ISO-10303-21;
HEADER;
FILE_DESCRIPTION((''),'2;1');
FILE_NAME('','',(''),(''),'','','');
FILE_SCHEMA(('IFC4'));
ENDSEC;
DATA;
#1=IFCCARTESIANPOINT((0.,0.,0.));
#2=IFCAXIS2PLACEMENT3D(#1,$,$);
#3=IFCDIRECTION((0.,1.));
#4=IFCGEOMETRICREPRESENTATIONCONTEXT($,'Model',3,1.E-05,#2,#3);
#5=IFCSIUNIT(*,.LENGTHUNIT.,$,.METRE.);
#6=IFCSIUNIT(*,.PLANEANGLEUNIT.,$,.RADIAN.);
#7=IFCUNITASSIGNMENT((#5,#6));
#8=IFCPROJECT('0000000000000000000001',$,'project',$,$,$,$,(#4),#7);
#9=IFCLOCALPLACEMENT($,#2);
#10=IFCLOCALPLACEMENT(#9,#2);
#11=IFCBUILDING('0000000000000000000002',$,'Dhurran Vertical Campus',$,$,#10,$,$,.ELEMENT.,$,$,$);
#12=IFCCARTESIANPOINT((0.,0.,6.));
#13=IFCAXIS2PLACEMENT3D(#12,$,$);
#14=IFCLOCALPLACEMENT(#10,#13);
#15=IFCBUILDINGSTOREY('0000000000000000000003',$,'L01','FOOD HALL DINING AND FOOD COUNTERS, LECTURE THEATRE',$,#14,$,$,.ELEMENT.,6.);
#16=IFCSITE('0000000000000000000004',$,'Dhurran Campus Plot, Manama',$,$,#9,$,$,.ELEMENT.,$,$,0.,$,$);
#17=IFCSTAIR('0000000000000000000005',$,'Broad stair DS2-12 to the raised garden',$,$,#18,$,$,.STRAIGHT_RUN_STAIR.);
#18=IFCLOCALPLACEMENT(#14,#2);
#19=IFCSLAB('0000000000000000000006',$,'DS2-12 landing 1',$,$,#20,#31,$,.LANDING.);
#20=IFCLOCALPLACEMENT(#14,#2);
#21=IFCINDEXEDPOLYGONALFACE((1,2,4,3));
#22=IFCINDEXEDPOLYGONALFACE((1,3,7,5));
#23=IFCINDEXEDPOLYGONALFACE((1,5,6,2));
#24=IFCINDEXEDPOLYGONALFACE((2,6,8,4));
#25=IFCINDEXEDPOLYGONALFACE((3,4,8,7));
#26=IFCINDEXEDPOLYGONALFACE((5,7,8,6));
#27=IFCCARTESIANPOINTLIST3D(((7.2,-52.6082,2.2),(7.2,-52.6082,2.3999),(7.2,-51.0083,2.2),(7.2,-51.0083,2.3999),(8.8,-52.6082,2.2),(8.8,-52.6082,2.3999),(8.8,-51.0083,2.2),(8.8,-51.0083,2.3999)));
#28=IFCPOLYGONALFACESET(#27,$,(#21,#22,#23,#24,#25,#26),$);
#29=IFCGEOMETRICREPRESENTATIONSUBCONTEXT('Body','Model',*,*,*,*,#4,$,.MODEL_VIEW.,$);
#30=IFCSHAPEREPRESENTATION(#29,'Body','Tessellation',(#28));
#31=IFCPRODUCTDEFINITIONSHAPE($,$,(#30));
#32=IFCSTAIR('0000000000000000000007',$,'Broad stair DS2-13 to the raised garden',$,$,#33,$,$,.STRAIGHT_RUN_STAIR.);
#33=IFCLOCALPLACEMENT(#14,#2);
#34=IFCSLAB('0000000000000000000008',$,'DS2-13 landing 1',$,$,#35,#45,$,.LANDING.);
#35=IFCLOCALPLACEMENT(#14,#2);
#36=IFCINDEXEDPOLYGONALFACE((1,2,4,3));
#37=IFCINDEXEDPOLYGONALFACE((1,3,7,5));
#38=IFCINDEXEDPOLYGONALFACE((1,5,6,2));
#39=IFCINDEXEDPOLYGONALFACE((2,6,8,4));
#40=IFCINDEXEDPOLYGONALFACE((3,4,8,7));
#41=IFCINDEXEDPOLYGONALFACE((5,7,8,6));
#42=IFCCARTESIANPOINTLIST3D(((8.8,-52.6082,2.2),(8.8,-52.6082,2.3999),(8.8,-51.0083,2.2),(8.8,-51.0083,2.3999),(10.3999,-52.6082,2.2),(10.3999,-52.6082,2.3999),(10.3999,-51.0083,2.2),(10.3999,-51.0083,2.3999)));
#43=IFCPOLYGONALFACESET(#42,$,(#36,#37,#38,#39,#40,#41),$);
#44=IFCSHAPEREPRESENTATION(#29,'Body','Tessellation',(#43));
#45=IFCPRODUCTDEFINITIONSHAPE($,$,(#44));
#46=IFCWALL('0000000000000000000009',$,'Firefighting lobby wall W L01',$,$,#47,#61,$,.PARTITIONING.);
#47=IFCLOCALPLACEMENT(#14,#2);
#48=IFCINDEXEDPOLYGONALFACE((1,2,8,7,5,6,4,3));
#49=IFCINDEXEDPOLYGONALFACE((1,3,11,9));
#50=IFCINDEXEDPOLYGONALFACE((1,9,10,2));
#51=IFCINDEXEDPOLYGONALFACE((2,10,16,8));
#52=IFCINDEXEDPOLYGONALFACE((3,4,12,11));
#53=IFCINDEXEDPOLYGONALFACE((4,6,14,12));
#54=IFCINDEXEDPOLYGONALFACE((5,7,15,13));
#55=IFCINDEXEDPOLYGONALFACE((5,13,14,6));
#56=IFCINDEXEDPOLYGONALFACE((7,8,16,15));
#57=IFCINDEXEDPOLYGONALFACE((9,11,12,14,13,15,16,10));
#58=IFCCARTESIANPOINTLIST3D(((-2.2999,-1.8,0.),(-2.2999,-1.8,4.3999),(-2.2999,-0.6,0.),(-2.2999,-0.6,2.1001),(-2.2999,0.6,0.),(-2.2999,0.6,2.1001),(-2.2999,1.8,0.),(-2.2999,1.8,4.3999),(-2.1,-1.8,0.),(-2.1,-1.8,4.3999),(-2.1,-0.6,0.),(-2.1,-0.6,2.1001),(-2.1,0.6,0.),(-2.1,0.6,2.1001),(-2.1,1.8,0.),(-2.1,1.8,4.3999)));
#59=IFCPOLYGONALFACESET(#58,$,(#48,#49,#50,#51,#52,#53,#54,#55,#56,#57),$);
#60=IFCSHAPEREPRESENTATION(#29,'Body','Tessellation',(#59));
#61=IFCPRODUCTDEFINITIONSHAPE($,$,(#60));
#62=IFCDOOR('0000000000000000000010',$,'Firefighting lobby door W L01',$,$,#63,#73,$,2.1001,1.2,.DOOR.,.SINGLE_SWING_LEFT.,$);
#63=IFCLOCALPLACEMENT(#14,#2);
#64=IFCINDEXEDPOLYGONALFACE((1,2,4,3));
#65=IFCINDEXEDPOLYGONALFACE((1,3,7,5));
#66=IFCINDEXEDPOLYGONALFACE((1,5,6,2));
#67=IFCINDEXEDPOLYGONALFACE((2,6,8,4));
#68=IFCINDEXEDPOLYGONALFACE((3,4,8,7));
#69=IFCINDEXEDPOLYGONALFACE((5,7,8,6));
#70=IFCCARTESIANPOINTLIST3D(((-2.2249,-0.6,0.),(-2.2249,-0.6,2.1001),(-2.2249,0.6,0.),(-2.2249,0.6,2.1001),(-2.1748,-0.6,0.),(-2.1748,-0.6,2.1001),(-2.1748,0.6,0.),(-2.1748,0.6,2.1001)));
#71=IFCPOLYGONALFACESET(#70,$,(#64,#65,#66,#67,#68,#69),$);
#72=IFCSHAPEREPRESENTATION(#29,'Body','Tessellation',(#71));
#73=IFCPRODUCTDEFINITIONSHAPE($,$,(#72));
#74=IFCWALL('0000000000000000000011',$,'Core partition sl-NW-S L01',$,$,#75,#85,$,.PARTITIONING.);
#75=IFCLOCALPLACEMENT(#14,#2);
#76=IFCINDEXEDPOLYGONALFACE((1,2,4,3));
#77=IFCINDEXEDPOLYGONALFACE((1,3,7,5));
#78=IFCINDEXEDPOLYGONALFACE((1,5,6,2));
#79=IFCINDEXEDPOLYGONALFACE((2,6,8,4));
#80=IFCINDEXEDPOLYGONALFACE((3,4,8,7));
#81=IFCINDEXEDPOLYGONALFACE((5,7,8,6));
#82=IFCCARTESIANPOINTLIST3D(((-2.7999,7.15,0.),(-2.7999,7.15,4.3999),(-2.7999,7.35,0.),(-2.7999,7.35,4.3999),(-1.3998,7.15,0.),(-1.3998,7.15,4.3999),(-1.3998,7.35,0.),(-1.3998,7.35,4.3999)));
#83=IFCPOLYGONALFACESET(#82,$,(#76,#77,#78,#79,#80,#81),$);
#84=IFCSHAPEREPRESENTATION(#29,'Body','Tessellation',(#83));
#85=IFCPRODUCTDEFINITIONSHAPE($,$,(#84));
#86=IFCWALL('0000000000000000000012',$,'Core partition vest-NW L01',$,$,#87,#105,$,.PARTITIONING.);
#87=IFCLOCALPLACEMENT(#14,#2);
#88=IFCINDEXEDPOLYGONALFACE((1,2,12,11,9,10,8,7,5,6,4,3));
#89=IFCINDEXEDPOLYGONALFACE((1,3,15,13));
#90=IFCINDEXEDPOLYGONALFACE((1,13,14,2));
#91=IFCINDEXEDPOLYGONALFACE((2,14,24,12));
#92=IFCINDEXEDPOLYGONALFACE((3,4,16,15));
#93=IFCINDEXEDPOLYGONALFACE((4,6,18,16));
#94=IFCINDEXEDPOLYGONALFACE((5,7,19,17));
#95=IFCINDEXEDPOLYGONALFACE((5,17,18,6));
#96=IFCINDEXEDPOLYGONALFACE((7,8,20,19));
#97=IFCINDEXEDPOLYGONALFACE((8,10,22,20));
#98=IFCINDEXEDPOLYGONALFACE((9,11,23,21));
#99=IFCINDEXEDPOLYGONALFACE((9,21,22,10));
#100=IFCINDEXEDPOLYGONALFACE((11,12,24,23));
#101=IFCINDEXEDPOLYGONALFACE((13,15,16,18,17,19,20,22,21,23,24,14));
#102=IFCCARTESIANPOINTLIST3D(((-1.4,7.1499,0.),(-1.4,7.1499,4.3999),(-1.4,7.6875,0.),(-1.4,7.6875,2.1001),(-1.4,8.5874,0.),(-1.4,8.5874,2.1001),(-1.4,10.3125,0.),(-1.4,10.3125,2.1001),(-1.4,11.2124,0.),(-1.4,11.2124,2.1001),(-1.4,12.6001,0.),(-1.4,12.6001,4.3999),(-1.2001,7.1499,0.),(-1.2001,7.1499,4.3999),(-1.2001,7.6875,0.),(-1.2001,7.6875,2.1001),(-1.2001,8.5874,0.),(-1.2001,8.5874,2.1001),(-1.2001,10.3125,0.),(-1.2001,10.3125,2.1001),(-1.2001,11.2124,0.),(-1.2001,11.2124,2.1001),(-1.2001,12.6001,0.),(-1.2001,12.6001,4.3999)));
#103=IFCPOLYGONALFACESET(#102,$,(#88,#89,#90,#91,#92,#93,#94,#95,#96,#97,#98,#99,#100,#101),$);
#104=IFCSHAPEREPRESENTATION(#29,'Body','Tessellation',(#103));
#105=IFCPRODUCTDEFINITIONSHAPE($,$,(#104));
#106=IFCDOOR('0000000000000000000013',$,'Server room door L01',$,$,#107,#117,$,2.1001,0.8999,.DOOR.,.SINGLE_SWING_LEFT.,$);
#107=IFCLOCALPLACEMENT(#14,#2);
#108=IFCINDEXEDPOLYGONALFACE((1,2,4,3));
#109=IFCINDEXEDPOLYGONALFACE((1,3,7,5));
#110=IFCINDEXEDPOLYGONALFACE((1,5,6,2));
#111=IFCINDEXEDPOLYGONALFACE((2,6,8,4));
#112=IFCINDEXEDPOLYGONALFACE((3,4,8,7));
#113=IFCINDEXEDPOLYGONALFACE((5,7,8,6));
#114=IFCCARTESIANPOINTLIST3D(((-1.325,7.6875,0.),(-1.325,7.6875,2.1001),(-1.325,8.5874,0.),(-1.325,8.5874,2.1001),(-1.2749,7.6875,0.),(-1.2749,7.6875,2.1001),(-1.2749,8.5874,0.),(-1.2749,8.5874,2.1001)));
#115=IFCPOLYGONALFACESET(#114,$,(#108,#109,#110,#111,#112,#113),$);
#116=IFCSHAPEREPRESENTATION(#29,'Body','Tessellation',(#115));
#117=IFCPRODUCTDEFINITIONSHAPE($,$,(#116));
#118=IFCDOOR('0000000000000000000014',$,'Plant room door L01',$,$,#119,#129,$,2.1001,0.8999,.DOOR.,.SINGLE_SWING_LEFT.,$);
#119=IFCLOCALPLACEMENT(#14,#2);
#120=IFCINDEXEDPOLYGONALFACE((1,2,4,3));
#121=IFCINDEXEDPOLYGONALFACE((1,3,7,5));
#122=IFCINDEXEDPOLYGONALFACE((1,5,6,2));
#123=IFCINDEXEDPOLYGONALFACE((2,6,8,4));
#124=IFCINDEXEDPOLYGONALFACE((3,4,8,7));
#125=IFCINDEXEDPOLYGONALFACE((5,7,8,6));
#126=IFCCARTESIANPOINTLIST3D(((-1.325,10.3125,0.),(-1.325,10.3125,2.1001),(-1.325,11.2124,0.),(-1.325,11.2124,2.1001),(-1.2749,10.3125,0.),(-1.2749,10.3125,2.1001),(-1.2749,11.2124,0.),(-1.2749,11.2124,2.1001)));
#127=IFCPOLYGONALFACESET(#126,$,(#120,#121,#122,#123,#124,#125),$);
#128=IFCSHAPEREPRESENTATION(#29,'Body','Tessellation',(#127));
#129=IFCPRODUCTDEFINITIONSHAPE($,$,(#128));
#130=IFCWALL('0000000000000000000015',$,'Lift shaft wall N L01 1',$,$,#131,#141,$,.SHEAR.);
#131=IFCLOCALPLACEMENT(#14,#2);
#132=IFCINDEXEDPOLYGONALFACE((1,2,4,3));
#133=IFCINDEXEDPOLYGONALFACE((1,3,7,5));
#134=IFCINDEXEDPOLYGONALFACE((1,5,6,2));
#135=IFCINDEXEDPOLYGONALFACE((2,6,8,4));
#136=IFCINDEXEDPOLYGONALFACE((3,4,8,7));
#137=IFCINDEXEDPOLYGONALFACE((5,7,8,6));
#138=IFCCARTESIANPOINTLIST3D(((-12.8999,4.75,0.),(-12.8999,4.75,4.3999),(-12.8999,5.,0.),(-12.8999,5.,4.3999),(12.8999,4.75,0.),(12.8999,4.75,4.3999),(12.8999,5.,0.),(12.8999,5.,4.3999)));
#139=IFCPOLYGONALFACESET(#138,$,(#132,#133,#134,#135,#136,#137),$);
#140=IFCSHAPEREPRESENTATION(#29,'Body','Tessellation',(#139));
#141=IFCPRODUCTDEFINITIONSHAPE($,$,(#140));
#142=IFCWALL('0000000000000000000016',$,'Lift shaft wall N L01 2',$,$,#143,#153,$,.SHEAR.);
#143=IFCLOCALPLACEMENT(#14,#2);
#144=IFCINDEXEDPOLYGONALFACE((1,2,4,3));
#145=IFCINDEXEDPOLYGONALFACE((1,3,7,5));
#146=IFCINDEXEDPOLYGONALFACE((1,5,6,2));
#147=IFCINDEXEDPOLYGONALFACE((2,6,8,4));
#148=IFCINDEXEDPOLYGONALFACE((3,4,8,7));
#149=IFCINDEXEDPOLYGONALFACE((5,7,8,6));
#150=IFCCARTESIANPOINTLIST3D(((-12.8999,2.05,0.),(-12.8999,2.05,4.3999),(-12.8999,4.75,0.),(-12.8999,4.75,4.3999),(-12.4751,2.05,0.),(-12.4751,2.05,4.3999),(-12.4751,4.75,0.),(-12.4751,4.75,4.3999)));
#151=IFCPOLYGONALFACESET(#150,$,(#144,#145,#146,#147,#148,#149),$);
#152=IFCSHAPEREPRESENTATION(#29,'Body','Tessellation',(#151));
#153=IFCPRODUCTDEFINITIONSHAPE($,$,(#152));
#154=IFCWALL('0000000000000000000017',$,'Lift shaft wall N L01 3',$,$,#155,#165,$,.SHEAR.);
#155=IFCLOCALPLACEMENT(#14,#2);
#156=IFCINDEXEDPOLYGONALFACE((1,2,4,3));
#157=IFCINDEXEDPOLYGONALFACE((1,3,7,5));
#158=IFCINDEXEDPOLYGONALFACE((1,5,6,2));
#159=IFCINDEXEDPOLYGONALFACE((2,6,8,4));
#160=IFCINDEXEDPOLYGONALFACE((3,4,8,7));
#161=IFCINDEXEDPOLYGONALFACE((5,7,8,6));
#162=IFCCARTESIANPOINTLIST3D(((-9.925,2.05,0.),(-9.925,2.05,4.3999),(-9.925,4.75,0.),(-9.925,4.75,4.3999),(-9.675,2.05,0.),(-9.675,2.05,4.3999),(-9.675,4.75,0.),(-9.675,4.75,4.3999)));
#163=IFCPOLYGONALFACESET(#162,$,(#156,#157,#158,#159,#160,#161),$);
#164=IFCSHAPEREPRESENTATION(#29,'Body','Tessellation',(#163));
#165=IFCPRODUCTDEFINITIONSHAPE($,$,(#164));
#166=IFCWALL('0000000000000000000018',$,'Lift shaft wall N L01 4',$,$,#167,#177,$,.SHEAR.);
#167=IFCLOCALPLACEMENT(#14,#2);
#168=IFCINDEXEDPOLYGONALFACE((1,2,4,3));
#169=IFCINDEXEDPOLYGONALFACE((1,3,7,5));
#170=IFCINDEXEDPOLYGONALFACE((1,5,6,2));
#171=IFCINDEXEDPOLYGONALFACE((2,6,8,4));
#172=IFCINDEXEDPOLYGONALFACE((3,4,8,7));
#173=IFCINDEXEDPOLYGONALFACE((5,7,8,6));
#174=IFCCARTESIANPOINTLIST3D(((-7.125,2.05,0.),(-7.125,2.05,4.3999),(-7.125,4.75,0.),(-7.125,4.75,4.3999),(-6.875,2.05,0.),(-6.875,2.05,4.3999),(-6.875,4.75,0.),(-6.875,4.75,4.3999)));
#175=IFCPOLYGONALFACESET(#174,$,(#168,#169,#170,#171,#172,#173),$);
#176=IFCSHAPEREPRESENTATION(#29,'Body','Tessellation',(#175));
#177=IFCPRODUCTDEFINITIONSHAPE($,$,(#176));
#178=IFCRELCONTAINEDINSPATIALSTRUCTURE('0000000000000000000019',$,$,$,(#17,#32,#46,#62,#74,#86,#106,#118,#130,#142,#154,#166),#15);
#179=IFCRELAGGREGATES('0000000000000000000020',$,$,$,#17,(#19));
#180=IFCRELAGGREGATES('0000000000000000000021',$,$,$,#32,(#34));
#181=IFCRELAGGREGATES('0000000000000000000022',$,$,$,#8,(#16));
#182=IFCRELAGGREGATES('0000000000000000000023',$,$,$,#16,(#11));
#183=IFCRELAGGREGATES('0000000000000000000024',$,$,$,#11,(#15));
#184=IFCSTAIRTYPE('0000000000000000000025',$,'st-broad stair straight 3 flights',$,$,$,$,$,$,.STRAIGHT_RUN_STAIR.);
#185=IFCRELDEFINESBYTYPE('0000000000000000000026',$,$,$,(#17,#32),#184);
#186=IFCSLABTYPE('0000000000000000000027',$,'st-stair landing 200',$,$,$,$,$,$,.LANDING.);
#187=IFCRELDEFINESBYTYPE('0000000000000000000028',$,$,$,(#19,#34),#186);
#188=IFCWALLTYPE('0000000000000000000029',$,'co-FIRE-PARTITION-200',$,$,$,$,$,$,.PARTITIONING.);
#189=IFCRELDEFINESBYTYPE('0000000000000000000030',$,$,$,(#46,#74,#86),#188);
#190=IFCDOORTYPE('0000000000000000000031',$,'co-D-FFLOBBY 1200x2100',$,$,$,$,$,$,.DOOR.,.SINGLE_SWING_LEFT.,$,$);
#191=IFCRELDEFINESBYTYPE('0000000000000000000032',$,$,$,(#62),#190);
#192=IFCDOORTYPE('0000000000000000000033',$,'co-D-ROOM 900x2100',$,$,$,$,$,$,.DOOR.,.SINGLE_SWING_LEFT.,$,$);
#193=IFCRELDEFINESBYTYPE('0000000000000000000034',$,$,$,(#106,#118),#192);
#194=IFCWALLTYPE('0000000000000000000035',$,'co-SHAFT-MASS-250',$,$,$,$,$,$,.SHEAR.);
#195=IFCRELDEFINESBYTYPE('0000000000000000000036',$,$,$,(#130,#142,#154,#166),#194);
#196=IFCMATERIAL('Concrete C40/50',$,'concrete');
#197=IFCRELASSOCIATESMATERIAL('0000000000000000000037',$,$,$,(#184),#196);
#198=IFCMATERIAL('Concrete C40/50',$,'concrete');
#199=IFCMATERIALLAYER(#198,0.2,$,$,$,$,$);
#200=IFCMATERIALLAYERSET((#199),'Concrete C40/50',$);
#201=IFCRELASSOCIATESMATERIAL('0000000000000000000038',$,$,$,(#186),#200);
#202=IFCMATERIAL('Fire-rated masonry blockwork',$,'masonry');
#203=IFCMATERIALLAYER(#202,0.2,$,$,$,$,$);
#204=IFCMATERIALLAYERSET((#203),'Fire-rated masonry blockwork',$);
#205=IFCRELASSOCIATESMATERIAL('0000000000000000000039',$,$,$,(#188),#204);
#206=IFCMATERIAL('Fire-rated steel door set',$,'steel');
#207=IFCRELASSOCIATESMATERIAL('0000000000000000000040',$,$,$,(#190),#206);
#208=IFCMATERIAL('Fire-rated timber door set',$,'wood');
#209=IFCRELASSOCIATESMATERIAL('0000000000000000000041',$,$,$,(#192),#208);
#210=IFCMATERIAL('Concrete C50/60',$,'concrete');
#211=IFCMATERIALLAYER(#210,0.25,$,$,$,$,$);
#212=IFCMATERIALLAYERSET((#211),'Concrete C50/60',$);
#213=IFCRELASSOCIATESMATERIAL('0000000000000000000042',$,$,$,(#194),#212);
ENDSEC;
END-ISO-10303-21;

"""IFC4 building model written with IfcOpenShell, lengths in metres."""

from ifc_helpers import new_model, si_unit, direction, frame, frame_2d, origin, place, context, subcontext, project, spatial, polyline, rectangle, outline, extrude, material, layer, layer_set, type_object, element, fill, aggregate, save


model = new_model("IFC4")

# Units and contexts
model_context = context("Model", 3, precision=1e-05, world=origin(), true_north=direction((0.0, 1.0)))
body_context = subcontext(model_context, "Body", "Model", "MODEL_VIEW")
ifc_project = project(units=[si_unit("LENGTHUNIT", "METRE"), si_unit("PLANEANGLEUNIT", "RADIAN")], contexts=[model_context])

# Site, building, storey
site_placement = place(None, origin())
site = spatial("IfcSite", under=ifc_project, at=site_placement, Name="Dhurran Campus Plot, Manama", CompositionType="ELEMENT", RefElevation=0.0)
building_placement = place(site_placement, origin())
building = spatial("IfcBuilding", under=site, at=building_placement, Name="Dhurran Vertical Campus", CompositionType="ELEMENT")
storey_placement = place(building_placement, frame((0.0, 0.0, 6.0)))
storey = spatial("IfcBuildingStorey", under=building, at=storey_placement, Name="L01", Description="FOOD HALL DINING AND FOOD COUNTERS, LECTURE THEATRE", CompositionType="ELEMENT", Elevation=6.0)

# Stairs, slabs
ifc_material_1 = material(Name="Concrete C40/50", Category="concrete")
stair_type = type_object("IfcStairType", Name="st-broad stair straight 3 flights", PredefinedType="STRAIGHT_RUN_STAIR", material=ifc_material_1)
ifc_material_2 = material(Name="Concrete C40/50", Category="concrete")
ifc_layer_1 = layer(ifc_material_2, 0.2)
ifc_layer_set_1 = layer_set([ifc_layer_1], Name="Concrete C40/50")
slab_type_1 = type_object("IfcSlabType", Name="st-stair landing 200", PredefinedType="LANDING", material=ifc_layer_set_1)
stair_1_placement = place(storey_placement, origin())
stair_1 = element("IfcStair", 1, at=stair_1_placement, inside=storey, type_object=stair_type, Name="Broad stair DS2-12 to the raised garden", PredefinedType="STRAIGHT_RUN_STAIR")
slab_1_placement = place(storey_placement, frame((0.0, 0.0, 2.2)))
slab_1 = element("IfcSlab", 2, at=slab_1_placement, type_object=slab_type_1, Name="DS2-12 landing 1", PredefinedType="LANDING", context=body_context, shape_type="SweptSolid", body=[
    extrude(outline(polyline([(7.2, -52.6082), (8.8, -52.6082), (8.8, -51.0083), (7.2, -51.0083), (7.2, -52.6082)])), origin(), (0.0, 0.0, 1.0), 0.2),
])
aggregate(stair_1, [slab_1])
stair_2_placement = place(storey_placement, origin())
stair_2 = element("IfcStair", 3, at=stair_2_placement, inside=storey, type_object=stair_type, Name="Broad stair DS2-13 to the raised garden", PredefinedType="STRAIGHT_RUN_STAIR")
slab_2_placement = place(storey_placement, frame((0.0, 0.0, 2.2)))
slab_2 = element("IfcSlab", 4, at=slab_2_placement, type_object=slab_type_1, Name="DS2-13 landing 1", PredefinedType="LANDING", context=body_context, shape_type="SweptSolid", body=[
    extrude(outline(polyline([(8.8, -52.6082), (10.3999, -52.6082), (10.3999, -51.0083), (8.8, -51.0083), (8.8, -52.6082)])), origin(), (0.0, 0.0, 1.0), 0.2),
])
aggregate(stair_2, [slab_2])

# Wall, opening, door
ifc_material_3 = material(Name="Fire-rated masonry blockwork", Category="masonry")
ifc_layer_2 = layer(ifc_material_3, 0.2)
ifc_layer_set_2 = layer_set([ifc_layer_2], Name="Fire-rated masonry blockwork")
wall_type_1 = type_object("IfcWallType", Name="co-FIRE-PARTITION-200", PredefinedType="PARTITIONING", material=ifc_layer_set_2)
wall_1_placement = place(storey_placement, frame((-2.2, -1.8, 0.0), z_axis=(0.0, 0.0, 1.0), x_axis=(0.0, 1.0, 0.0)))
wall_1 = element("IfcWall", 5, at=wall_1_placement, inside=storey, type_object=wall_type_1, Name="Firefighting lobby wall W L01", PredefinedType="PARTITIONING", context=body_context, shape_type="SweptSolid", body=[
    extrude(rectangle(XDim=3.6001, YDim=0.2, at=frame_2d((1.8, 0.0))), origin(), (0.0, 0.0, 1.0), 4.3999),
])
opening_1_placement = place(wall_1_placement, frame((1.2, 0.0, 0.0)))
opening_1 = element("IfcOpeningElement", 6, at=opening_1_placement, cuts=wall_1, PredefinedType="OPENING", context=body_context, shape_type="SweptSolid", body=[
    extrude(rectangle(XDim=1.2, YDim=2.1001, at=frame_2d((0.6001, 1.05))), frame((0.0, 0.1099, 0.0), z_axis=(0.0, -1.0, 0.0), x_axis=(1.0, 0.0, 0.0)), (0.0, 0.0, 1.0), 0.22),
])
ifc_material_4 = material(Name="Fire-rated steel door set", Category="steel")
door_type_1 = type_object("IfcDoorType", Name="co-D-FFLOBBY 1200x2100", OperationType="SINGLE_SWING_LEFT", PredefinedType="DOOR", material=ifc_material_4)
door_1_placement = place(opening_1_placement, origin())
door_1 = element("IfcDoor", 7, at=door_1_placement, inside=storey, type_object=door_type_1, Name="Firefighting lobby door W L01", OperationType="SINGLE_SWING_LEFT", OverallHeight=2.1001, OverallWidth=1.2, PredefinedType="DOOR", context=body_context, shape_type="SweptSolid", body=[
    extrude(rectangle(XDim=1.2, YDim=2.1001, at=frame_2d((0.6001, 1.05))), frame((0.0, 0.0249, 0.0), z_axis=(0.0, -1.0, 0.0), x_axis=(1.0, 0.0, 0.0)), (0.0, 0.0, 1.0), 0.05),
])
fill(opening_1, door_1)

# Wall
wall_2_placement = place(storey_placement, frame((-2.8, 7.25, 0.0), z_axis=(0.0, 0.0, 1.0), x_axis=(1.0, 0.0, 0.0)))
element("IfcWall", 8, at=wall_2_placement, inside=storey, type_object=wall_type_1, Name="Core partition sl-NW-S L01", PredefinedType="PARTITIONING", context=body_context, shape_type="SweptSolid", body=[
    extrude(rectangle(XDim=1.4001, YDim=0.2, at=frame_2d((0.7002, 0.0))), origin(), (0.0, 0.0, 1.0), 4.3999),
])

# Wall, openings, doors
wall_3_placement = place(storey_placement, frame((-1.3, 7.1499, 0.0), z_axis=(0.0, 0.0, 1.0), x_axis=(0.0, 1.0, 0.0)))
wall_3 = element("IfcWall", 9, at=wall_3_placement, inside=storey, type_object=wall_type_1, Name="Core partition vest-NW L01", PredefinedType="PARTITIONING", context=body_context, shape_type="SweptSolid", body=[
    extrude(rectangle(XDim=5.4502, YDim=0.2, at=frame_2d((2.7251, 0.0))), origin(), (0.0, 0.0, 1.0), 4.3999),
])
opening_2_placement = place(wall_3_placement, frame((0.5376, 0.0, 0.0)))
opening_2 = element("IfcOpeningElement", 10, at=opening_2_placement, cuts=wall_3, PredefinedType="OPENING", context=body_context, shape_type="SweptSolid", body=[
    extrude(rectangle(XDim=0.8999, YDim=2.1001, at=frame_2d((0.45, 1.05))), frame((0.0, 0.1099, 0.0), z_axis=(0.0, -1.0, 0.0), x_axis=(1.0, 0.0, 0.0)), (0.0, 0.0, 1.0), 0.22),
])
opening_3_placement = place(wall_3_placement, frame((3.1626, 0.0, 0.0)))
opening_3 = element("IfcOpeningElement", 11, at=opening_3_placement, cuts=wall_3, PredefinedType="OPENING", context=body_context, shape_type="SweptSolid", body=[
    extrude(rectangle(XDim=0.8999, YDim=2.1001, at=frame_2d((0.45, 1.05))), frame((0.0, 0.1099, 0.0), z_axis=(0.0, -1.0, 0.0), x_axis=(1.0, 0.0, 0.0)), (0.0, 0.0, 1.0), 0.22),
])
ifc_material_5 = material(Name="Fire-rated timber door set", Category="wood")
door_type_2 = type_object("IfcDoorType", Name="co-D-ROOM 900x2100", OperationType="SINGLE_SWING_LEFT", PredefinedType="DOOR", material=ifc_material_5)
door_2_placement = place(opening_2_placement, origin())
door_2 = element("IfcDoor", 12, at=door_2_placement, inside=storey, type_object=door_type_2, Name="Server room door L01", OperationType="SINGLE_SWING_LEFT", OverallHeight=2.1001, OverallWidth=0.8999, PredefinedType="DOOR", context=body_context, shape_type="SweptSolid", body=[
    extrude(rectangle(XDim=0.8999, YDim=2.1001, at=frame_2d((0.45, 1.05))), frame((0.0, 0.0249, 0.0), z_axis=(0.0, -1.0, 0.0), x_axis=(1.0, 0.0, 0.0)), (0.0, 0.0, 1.0), 0.05),
])
fill(opening_2, door_2)
door_3_placement = place(opening_3_placement, origin())
door_3 = element("IfcDoor", 13, at=door_3_placement, inside=storey, type_object=door_type_2, Name="Plant room door L01", OperationType="SINGLE_SWING_LEFT", OverallHeight=2.1001, OverallWidth=0.8999, PredefinedType="DOOR", context=body_context, shape_type="SweptSolid", body=[
    extrude(rectangle(XDim=0.8999, YDim=2.1001, at=frame_2d((0.45, 1.05))), frame((0.0, 0.0249, 0.0), z_axis=(0.0, -1.0, 0.0), x_axis=(1.0, 0.0, 0.0)), (0.0, 0.0, 1.0), 0.05),
])
fill(opening_3, door_3)

# Walls
ifc_material_6 = material(Name="Concrete C50/60", Category="concrete")
ifc_layer_3 = layer(ifc_material_6, 0.25)
ifc_layer_set_3 = layer_set([ifc_layer_3], Name="Concrete C50/60")
wall_type_2 = type_object("IfcWallType", Name="co-SHAFT-MASS-250", PredefinedType="SHEAR", material=ifc_layer_set_3)
wall_4_placement = place(storey_placement, origin())
element("IfcWall", 14, at=wall_4_placement, inside=storey, type_object=wall_type_2, Name="Lift shaft wall N L01 1", PredefinedType="SHEAR", context=body_context, shape_type="SweptSolid", body=[
    extrude(outline(polyline([(-12.8999, 4.75), (12.8999, 4.75), (12.8999, 5.0), (-12.8999, 5.0), (-12.8999, 4.75)])), origin(), (0.0, 0.0, 1.0), 4.3999),
])
wall_5_placement = place(storey_placement, origin())
element("IfcWall", 15, at=wall_5_placement, inside=storey, type_object=wall_type_2, Name="Lift shaft wall N L01 2", PredefinedType="SHEAR", context=body_context, shape_type="SweptSolid", body=[
    extrude(outline(polyline([(-12.8999, 2.05), (-12.4751, 2.05), (-12.4751, 4.75), (-12.8999, 4.75), (-12.8999, 2.05)])), origin(), (0.0, 0.0, 1.0), 4.3999),
])
wall_6_placement = place(storey_placement, origin())
element("IfcWall", 16, at=wall_6_placement, inside=storey, type_object=wall_type_2, Name="Lift shaft wall N L01 3", PredefinedType="SHEAR", context=body_context, shape_type="SweptSolid", body=[
    extrude(outline(polyline([(-9.925, 2.05), (-9.675, 2.05), (-9.675, 4.75), (-9.925, 4.75), (-9.925, 2.05)])), origin(), (0.0, 0.0, 1.0), 4.3999),
])
wall_7_placement = place(storey_placement, origin())
element("IfcWall", 17, at=wall_7_placement, inside=storey, type_object=wall_type_2, Name="Lift shaft wall N L01 4", PredefinedType="SHEAR", context=body_context, shape_type="SweptSolid", body=[
    extrude(outline(polyline([(-7.125, 2.05), (-6.875, 2.05), (-6.875, 4.75), (-7.125, 4.75), (-7.125, 2.05)])), origin(), (0.0, 0.0, 1.0), 4.3999),
])

save(model, "model.ifc")
